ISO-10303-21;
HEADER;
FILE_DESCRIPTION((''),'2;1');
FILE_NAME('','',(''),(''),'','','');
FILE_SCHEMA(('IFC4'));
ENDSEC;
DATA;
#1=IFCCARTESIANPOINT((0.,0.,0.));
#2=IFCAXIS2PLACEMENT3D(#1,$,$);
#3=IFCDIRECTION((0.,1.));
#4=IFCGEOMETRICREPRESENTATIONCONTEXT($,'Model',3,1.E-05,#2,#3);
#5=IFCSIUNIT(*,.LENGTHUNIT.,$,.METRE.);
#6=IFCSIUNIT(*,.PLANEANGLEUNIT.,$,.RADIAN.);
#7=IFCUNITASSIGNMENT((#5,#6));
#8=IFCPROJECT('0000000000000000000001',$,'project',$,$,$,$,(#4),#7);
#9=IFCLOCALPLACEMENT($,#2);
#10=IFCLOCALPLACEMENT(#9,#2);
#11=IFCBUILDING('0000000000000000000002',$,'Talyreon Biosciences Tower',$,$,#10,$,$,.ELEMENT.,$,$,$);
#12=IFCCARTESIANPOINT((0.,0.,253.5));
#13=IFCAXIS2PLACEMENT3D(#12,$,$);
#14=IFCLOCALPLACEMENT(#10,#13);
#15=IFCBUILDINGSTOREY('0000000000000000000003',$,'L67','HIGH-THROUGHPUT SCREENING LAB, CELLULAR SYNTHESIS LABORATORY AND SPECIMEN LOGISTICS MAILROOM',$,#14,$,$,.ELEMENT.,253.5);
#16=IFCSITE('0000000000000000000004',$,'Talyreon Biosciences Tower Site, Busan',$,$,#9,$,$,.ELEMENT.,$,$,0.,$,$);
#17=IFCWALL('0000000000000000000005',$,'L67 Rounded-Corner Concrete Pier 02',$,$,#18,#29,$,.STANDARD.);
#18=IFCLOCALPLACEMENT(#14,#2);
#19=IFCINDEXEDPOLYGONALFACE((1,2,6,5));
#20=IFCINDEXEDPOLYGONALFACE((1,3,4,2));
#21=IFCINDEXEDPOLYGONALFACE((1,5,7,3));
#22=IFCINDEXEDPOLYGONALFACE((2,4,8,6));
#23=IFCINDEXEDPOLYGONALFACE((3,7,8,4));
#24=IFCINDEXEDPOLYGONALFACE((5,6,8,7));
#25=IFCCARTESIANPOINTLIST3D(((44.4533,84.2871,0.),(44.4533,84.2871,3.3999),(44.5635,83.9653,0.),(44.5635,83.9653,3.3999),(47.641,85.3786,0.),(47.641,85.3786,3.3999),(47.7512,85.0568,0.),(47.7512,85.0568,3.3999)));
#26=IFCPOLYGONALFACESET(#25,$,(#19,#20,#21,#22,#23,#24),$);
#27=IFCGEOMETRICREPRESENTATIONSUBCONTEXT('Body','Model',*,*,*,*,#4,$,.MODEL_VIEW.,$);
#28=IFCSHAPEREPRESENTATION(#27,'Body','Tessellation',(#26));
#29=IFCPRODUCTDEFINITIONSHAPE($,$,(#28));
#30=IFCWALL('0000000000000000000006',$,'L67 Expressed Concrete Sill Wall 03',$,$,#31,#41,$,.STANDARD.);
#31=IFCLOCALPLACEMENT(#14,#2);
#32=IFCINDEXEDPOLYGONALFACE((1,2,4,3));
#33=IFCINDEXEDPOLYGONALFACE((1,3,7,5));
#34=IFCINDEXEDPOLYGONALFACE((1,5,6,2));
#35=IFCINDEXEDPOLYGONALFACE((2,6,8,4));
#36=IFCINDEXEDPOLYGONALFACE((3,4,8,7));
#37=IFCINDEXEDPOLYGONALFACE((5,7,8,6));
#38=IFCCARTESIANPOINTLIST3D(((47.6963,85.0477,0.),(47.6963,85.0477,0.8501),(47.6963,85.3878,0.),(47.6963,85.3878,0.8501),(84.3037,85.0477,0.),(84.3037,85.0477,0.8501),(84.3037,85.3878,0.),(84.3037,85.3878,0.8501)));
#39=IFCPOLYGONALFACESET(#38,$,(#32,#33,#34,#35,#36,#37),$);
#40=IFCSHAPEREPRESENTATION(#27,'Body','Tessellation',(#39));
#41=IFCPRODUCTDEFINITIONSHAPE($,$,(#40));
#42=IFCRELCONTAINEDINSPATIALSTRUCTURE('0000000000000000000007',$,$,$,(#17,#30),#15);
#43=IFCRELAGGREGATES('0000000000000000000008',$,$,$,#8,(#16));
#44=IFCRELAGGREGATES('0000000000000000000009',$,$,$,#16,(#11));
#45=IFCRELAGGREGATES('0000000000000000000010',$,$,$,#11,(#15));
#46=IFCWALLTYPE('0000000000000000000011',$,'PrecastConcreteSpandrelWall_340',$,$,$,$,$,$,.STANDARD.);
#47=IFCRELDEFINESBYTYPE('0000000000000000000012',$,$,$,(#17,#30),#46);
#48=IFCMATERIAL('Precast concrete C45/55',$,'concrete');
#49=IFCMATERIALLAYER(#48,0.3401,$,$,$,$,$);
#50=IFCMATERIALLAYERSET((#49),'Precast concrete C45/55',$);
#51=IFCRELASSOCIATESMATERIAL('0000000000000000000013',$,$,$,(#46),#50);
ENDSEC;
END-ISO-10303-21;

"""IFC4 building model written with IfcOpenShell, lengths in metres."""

from ifc_helpers import new_model, si_unit, direction, frame, frame_2d, origin, place, context, subcontext, project, spatial, rectangle, extrude, material, layer, layer_set, type_object, element, save


model = new_model("IFC4")

# Units and contexts
model_context = context("Model", 3, precision=1e-05, world=origin(), true_north=direction((0.0, 1.0)))
body_context = subcontext(model_context, "Body", "Model", "MODEL_VIEW")
ifc_project = project(units=[si_unit("LENGTHUNIT", "METRE"), si_unit("PLANEANGLEUNIT", "RADIAN")], contexts=[model_context])

# Site, building, storey
site_placement = place(None, origin())
site = spatial("IfcSite", under=ifc_project, at=site_placement, Name="Talyreon Biosciences Tower Site, Busan", CompositionType="ELEMENT", RefElevation=0.0)
building_placement = place(site_placement, origin())
building = spatial("IfcBuilding", under=site, at=building_placement, Name="Talyreon Biosciences Tower", CompositionType="ELEMENT")
storey_placement = place(building_placement, frame((0.0, 0.0, 253.5)))
storey = spatial("IfcBuildingStorey", under=building, at=storey_placement, Name="L67", Description="HIGH-THROUGHPUT SCREENING LAB, CELLULAR SYNTHESIS LABORATORY AND SPECIMEN LOGISTICS MAILROOM", CompositionType="ELEMENT", Elevation=253.5)

# Shared definitions
ifc_material_1 = material(Name="Precast concrete C45/55", Category="concrete")

# Walls
ifc_layer_1 = layer(ifc_material_1, 0.3401)
ifc_layer_set_1 = layer_set([ifc_layer_1], Name="Precast concrete C45/55")
wall_type_1 = type_object("IfcWallType", Name="PrecastConcreteSpandrelWall_340", PredefinedType="STANDARD", material=ifc_layer_set_1)
wall_1_placement = place(storey_placement, frame((44.5085, 84.1262, 0.0), z_axis=(0.0, 0.0, 1.0), x_axis=(0.946072, 0.323956, 0.0)))
element("IfcWall", 1, at=wall_1_placement, inside=storey, type_object=wall_type_1, Name="L67 Rounded-Corner Concrete Pier 02", PredefinedType="STANDARD", context=body_context, shape_type="SweptSolid", body=[
    extrude(rectangle(XDim=3.3694, YDim=0.3401, at=frame_2d((1.6846, 0.0))), origin(), (0.0, 0.0, 1.0), 3.3999),
])
wall_2_placement = place(storey_placement, frame((47.6963, 85.2178, 0.0), z_axis=(0.0, 0.0, 1.0), x_axis=(1.0, 0.0, 0.0)))
element("IfcWall", 2, at=wall_2_placement, inside=storey, type_object=wall_type_1, Name="L67 Expressed Concrete Sill Wall 03", PredefinedType="STANDARD", context=body_context, shape_type="SweptSolid", body=[
    extrude(rectangle(XDim=36.6074, YDim=0.3401, at=frame_2d((18.3037, 0.0))), origin(), (0.0, 0.0, 1.0), 0.8501),
])

save(model, "model.ifc")
